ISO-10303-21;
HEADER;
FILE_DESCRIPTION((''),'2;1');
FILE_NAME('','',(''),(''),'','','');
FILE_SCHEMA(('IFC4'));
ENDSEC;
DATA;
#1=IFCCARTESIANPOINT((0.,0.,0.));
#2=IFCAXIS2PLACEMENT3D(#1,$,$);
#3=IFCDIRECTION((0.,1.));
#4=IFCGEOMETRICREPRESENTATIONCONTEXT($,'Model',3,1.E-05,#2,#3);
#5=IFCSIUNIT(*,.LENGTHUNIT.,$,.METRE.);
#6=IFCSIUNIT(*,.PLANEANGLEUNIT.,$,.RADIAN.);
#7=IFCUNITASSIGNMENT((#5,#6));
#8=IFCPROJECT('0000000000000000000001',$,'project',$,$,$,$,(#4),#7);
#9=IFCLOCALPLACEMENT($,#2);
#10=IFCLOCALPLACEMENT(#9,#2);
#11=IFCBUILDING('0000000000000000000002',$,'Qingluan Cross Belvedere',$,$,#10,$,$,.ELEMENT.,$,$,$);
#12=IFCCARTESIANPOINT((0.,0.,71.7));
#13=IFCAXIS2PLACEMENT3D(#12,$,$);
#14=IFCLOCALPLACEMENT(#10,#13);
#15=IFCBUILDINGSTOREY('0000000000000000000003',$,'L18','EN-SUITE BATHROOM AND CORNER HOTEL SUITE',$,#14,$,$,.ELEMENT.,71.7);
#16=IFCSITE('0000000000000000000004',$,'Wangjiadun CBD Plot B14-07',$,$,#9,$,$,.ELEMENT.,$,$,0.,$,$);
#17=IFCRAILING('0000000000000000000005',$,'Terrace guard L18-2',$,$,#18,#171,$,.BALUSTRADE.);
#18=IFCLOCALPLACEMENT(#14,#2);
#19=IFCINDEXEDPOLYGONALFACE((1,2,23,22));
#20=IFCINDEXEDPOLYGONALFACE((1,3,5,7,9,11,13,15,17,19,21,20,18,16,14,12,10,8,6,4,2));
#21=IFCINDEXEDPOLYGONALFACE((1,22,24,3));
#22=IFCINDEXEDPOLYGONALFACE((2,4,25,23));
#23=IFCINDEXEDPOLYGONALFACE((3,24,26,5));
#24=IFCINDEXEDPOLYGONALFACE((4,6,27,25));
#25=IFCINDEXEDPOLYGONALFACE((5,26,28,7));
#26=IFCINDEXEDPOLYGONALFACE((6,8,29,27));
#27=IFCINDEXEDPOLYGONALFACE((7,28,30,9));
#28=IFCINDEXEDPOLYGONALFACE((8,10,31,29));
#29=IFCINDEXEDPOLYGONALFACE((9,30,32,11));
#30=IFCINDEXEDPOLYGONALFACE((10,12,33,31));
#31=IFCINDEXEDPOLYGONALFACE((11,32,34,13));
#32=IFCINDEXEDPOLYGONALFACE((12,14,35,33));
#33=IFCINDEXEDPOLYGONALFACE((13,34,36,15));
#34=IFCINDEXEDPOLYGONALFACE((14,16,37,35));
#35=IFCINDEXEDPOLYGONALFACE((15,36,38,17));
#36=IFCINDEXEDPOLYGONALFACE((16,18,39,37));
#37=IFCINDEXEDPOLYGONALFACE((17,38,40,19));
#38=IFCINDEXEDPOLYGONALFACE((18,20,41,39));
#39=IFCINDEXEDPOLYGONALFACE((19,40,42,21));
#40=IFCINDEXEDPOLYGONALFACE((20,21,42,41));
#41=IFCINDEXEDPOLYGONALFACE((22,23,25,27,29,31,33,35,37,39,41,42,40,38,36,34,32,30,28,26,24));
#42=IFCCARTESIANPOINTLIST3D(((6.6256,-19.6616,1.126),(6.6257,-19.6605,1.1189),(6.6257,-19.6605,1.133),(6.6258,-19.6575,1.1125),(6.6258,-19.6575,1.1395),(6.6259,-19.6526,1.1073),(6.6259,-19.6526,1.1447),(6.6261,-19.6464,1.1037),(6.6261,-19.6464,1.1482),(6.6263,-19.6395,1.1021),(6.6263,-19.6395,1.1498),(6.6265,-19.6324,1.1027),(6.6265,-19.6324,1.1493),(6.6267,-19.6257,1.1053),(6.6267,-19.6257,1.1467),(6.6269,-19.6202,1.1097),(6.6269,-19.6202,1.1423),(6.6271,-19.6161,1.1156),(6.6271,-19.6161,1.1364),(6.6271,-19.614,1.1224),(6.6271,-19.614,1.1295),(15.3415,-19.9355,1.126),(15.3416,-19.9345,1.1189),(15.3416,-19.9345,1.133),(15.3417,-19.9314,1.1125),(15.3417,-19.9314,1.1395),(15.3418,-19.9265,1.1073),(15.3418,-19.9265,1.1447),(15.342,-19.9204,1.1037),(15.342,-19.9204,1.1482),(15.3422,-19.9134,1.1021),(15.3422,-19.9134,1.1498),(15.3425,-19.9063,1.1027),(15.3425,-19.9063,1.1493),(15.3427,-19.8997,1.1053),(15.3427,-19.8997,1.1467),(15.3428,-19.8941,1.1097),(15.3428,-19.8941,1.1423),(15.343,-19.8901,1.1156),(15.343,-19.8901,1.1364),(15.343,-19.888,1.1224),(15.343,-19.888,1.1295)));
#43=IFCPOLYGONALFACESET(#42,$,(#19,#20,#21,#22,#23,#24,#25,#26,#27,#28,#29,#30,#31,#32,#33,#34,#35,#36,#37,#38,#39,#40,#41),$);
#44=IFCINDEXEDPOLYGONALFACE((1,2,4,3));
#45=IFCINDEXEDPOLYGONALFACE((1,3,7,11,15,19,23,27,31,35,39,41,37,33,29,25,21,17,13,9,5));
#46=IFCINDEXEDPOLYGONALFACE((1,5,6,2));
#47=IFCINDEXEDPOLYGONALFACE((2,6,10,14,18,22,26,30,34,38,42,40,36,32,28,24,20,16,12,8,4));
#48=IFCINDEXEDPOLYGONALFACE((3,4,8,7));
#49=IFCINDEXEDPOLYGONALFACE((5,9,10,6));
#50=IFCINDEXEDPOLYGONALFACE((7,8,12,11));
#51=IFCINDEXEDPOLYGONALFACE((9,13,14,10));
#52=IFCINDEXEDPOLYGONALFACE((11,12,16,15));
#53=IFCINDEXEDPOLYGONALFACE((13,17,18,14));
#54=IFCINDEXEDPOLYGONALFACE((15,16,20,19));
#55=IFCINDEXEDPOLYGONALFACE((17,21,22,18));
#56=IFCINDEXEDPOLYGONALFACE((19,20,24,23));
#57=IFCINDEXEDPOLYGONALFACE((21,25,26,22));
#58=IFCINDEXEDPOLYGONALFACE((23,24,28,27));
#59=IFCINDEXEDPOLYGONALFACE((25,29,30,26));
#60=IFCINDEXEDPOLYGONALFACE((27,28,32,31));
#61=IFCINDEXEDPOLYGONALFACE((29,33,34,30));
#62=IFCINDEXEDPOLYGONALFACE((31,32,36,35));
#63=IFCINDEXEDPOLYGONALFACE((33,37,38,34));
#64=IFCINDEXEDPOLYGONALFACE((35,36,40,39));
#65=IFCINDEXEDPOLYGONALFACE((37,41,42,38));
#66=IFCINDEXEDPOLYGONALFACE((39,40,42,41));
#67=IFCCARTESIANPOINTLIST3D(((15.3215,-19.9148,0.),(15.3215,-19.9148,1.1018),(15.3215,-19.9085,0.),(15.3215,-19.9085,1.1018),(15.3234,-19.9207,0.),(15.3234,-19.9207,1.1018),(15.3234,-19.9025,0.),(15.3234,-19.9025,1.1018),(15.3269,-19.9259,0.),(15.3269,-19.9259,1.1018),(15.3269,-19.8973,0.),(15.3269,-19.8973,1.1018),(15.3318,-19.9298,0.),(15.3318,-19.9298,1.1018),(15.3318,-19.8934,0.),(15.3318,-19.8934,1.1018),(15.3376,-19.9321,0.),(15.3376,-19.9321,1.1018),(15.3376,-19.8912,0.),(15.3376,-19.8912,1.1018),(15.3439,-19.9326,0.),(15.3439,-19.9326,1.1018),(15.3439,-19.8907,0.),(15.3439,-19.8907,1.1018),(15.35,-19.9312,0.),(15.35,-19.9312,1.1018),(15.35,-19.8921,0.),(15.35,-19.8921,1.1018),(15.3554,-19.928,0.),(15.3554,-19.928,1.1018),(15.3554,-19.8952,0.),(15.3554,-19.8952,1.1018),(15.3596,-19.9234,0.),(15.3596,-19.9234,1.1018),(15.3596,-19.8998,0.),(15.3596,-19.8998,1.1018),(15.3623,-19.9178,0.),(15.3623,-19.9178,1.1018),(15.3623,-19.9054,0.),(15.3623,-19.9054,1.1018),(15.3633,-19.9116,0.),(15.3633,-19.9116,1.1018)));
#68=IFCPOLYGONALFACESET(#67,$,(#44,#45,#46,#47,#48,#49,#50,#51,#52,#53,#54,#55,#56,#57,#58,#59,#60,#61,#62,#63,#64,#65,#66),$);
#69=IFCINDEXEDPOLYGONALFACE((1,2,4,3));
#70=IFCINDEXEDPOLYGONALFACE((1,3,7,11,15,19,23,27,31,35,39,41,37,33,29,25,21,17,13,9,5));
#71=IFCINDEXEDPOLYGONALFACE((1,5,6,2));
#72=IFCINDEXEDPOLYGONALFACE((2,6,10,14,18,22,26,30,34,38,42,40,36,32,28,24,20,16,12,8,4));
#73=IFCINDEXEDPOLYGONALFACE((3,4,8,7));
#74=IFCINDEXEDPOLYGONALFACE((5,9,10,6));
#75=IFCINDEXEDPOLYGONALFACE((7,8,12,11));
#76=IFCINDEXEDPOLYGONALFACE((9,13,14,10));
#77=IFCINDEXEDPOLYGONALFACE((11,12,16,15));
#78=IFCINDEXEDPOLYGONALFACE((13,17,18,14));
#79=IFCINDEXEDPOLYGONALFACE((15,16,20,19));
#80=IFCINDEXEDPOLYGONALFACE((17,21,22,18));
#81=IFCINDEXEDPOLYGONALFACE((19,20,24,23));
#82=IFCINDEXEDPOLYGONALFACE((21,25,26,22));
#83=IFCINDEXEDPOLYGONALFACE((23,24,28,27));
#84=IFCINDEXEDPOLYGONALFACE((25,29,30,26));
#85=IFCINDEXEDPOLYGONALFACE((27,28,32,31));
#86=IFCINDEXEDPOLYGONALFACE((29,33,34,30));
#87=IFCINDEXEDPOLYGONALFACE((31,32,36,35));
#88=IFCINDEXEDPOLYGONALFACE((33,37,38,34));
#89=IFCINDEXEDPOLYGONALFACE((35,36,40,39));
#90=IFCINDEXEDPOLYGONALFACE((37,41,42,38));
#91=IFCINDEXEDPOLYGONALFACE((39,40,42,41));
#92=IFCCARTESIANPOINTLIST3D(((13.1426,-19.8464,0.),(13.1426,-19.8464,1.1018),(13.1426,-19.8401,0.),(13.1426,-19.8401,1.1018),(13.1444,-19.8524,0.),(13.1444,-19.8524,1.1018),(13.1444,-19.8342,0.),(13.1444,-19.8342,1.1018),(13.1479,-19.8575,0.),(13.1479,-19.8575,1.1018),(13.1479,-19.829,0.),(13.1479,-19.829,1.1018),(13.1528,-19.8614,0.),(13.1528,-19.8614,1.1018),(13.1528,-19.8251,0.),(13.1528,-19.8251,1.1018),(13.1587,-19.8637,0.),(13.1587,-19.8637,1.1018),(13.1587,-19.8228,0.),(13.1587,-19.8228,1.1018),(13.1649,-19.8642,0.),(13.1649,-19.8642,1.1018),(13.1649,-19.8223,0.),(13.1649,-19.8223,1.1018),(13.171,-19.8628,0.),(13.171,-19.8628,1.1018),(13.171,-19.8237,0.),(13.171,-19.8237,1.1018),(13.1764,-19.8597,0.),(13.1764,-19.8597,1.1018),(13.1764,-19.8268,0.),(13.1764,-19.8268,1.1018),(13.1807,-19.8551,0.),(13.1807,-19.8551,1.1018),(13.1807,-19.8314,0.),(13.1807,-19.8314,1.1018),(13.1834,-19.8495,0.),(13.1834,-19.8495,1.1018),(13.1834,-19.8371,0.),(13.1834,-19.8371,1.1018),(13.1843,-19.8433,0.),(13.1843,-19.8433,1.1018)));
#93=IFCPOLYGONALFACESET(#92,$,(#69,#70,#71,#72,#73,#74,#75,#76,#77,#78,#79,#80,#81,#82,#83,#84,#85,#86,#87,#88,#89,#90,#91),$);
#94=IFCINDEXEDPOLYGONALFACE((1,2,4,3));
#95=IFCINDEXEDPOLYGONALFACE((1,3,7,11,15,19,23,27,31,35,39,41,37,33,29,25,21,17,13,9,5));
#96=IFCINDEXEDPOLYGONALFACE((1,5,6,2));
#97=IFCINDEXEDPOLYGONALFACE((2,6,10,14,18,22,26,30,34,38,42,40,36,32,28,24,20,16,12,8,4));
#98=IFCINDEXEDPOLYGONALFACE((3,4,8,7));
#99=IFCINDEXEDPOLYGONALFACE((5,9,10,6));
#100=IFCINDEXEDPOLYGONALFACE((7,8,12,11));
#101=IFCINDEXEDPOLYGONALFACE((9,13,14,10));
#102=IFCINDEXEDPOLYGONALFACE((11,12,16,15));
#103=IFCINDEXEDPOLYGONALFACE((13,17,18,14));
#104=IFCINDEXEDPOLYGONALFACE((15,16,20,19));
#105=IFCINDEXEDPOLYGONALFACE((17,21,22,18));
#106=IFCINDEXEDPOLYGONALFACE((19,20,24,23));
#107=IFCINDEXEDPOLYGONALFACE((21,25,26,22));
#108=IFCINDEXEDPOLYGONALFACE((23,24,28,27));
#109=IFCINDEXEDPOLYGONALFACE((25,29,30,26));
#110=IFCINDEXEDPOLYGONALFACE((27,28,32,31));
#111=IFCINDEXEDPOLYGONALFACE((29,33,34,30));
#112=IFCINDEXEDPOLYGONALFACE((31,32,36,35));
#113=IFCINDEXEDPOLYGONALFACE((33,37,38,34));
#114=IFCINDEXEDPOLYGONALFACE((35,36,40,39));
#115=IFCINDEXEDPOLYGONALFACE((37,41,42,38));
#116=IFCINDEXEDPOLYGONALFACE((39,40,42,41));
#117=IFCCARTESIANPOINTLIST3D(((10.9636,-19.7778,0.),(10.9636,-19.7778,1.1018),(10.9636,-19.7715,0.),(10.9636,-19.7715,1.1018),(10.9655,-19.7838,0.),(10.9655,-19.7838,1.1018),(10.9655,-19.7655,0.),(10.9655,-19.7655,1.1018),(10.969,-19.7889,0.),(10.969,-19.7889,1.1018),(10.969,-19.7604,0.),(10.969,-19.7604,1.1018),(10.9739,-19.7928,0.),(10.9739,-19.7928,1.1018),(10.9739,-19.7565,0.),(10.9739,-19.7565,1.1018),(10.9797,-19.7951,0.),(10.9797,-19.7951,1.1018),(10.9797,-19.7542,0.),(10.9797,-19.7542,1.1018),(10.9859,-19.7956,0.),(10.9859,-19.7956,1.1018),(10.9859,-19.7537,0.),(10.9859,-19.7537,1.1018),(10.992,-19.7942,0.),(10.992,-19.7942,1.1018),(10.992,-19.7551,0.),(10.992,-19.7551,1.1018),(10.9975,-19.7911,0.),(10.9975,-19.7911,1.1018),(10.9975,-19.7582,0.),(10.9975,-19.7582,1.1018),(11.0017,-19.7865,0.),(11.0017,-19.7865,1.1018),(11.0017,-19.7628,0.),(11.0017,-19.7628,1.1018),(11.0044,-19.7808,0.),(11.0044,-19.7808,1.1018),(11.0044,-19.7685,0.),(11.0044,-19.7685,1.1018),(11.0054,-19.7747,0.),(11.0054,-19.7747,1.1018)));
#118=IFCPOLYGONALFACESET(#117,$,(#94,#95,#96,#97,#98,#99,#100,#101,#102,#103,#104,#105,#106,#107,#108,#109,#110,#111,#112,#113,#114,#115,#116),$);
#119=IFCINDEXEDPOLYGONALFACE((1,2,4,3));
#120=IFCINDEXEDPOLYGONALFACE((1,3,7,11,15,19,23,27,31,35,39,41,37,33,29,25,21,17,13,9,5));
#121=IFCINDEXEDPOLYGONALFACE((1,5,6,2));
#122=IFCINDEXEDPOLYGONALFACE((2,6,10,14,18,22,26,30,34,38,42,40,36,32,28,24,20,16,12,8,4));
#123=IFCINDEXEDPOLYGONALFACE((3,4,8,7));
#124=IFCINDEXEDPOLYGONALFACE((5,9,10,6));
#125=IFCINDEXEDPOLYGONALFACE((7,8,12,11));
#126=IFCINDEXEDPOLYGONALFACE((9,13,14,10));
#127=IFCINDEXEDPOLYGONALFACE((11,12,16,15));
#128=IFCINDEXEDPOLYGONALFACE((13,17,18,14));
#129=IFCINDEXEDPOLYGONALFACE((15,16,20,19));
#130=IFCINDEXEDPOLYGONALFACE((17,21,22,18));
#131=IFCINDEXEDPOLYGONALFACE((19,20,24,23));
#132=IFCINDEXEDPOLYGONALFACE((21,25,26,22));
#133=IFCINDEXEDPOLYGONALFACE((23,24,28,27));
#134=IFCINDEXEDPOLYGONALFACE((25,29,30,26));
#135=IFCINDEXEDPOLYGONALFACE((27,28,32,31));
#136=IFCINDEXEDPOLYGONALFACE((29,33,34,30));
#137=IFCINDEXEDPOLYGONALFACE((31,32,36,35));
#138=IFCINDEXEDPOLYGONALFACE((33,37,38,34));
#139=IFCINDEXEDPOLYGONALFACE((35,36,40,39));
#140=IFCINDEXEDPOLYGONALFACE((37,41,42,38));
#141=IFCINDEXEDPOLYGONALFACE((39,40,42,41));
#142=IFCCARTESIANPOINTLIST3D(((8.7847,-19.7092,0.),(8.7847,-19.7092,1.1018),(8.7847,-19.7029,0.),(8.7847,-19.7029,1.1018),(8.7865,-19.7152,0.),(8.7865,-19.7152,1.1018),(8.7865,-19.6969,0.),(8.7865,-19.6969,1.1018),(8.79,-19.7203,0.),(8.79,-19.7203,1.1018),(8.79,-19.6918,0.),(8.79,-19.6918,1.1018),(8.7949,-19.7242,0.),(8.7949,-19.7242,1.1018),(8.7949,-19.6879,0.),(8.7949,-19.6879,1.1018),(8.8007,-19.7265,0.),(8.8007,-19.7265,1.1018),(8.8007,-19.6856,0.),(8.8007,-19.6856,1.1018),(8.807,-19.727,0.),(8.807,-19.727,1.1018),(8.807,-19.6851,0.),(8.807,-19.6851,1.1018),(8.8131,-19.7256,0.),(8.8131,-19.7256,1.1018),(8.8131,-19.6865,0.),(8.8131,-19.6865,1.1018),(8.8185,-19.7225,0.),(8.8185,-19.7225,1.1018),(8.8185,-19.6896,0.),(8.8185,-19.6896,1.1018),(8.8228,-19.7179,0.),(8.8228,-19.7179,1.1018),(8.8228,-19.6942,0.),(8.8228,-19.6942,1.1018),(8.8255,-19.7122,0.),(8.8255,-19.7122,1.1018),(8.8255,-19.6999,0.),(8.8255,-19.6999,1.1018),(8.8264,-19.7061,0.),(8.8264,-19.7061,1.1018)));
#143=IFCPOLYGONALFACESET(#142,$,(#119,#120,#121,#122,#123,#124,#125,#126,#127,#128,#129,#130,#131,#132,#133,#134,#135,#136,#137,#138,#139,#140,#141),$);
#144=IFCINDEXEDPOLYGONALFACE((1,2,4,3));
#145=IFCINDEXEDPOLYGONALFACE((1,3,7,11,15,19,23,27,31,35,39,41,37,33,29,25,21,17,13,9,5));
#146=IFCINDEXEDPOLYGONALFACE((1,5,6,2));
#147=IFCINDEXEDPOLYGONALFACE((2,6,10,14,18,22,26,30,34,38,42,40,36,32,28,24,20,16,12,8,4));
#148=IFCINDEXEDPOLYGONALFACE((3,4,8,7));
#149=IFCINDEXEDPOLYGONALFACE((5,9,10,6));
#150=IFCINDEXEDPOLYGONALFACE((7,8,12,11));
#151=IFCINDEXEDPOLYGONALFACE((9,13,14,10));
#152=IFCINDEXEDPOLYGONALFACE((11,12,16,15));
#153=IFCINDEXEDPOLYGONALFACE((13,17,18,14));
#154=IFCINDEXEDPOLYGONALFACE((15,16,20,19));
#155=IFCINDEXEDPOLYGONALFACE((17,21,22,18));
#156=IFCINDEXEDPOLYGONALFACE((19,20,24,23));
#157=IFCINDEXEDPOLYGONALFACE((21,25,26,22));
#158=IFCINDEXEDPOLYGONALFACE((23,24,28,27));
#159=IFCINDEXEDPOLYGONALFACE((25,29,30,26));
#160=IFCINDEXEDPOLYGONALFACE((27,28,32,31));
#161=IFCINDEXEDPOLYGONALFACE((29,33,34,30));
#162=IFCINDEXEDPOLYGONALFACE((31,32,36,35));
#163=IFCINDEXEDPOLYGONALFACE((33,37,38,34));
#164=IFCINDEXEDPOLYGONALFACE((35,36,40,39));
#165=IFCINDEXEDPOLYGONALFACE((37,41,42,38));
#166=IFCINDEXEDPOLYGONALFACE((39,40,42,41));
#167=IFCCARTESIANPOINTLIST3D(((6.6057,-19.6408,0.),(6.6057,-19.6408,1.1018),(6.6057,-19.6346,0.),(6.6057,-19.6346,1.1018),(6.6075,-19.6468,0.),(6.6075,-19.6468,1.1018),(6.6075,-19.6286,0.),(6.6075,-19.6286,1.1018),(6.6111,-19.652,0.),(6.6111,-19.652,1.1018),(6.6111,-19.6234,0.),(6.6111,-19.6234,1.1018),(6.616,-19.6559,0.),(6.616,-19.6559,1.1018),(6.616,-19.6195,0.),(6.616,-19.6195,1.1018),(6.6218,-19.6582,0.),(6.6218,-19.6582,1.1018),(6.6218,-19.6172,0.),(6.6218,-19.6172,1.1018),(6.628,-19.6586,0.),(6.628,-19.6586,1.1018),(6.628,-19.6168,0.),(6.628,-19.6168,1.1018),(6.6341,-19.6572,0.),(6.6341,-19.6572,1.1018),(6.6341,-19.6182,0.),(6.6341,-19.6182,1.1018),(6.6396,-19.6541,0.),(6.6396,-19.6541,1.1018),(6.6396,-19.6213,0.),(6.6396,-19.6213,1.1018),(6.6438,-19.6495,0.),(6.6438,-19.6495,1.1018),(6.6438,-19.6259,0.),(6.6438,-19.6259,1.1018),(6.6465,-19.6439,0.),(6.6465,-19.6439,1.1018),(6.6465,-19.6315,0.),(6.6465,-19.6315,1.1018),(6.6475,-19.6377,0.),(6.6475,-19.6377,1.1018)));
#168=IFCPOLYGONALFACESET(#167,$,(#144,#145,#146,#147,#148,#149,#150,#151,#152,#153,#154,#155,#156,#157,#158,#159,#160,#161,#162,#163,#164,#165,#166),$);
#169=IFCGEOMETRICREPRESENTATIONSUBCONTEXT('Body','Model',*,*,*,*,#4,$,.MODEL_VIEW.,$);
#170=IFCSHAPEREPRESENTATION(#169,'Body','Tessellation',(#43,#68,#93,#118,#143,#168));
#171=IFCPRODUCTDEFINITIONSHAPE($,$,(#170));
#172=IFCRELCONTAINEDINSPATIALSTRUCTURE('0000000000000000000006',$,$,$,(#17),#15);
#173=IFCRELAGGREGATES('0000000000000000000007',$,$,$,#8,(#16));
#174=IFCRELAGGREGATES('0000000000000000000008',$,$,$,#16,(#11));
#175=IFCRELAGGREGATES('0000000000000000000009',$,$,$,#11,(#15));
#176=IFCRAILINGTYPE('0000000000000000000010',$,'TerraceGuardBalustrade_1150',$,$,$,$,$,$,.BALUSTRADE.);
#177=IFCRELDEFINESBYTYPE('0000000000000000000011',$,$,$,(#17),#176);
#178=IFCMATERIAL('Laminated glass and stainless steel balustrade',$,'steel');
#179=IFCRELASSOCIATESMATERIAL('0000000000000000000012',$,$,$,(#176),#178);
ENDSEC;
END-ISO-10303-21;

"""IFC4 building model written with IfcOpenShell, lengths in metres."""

from ifc_helpers import new_model, si_unit, direction, frame, origin, origin_2d, place, context, subcontext, project, spatial, circle, extrude, material, type_object, element, save


model = new_model("IFC4")

# Units and contexts
model_context = context("Model", 3, precision=1e-05, world=origin(), true_north=direction((0.0, 1.0)))
body_context = subcontext(model_context, "Body", "Model", "MODEL_VIEW")
ifc_project = project(units=[si_unit("LENGTHUNIT", "METRE"), si_unit("PLANEANGLEUNIT", "RADIAN")], contexts=[model_context])

# Site, building, storey
site_placement = place(None, origin())
site = spatial("IfcSite", under=ifc_project, at=site_placement, Name="Wangjiadun CBD Plot B14-07", CompositionType="ELEMENT", RefElevation=0.0)
building_placement = place(site_placement, origin())
building = spatial("IfcBuilding", under=site, at=building_placement, Name="Qingluan Cross Belvedere", CompositionType="ELEMENT")
storey_placement = place(building_placement, frame((0.0, 0.0, 71.7)))
storey = spatial("IfcBuildingStorey", under=building, at=storey_placement, Name="L18", Description="EN-SUITE BATHROOM AND CORNER HOTEL SUITE", CompositionType="ELEMENT", Elevation=71.7)

# Railing
ifc_material_1 = material(Name="Laminated glass and stainless steel balustrade", Category="steel")
railing_type = type_object("IfcRailingType", Name="TerraceGuardBalustrade_1150", PredefinedType="BALUSTRADE", material=ifc_material_1)
railing_1_placement = place(storey_placement, frame((15.3423, -19.9116, 0.0)))
element("IfcRailing", 1, at=railing_1_placement, inside=storey, type_object=railing_type, Name="Terrace guard L18-2", PredefinedType="BALUSTRADE", context=body_context, shape_type="SweptSolid", body=[
    extrude(circle(Radius=0.0239, at=origin_2d()), frame((0.0, 0.0, 1.126), z_axis=(-0.999506, 0.031413, 0.0), x_axis=(-0.031413, -0.999506, 0.0)), (0.0, 0.0, 1.0), 8.7202),
    extrude(circle(Radius=0.021, at=origin_2d()), origin(), (0.0, 0.0, 1.0), 1.1018),
    extrude(circle(Radius=0.021, at=origin_2d()), frame((-2.179, 0.0684, 0.0)), (0.0, 0.0, 1.0), 1.1018),
    extrude(circle(Radius=0.021, at=origin_2d()), frame((-4.3579, 0.137, 0.0)), (0.0, 0.0, 1.0), 1.1018),
    extrude(circle(Radius=0.021, at=origin_2d()), frame((-6.5369, 0.2056, 0.0)), (0.0, 0.0, 1.0), 1.1018),
    extrude(circle(Radius=0.021, at=origin_2d()), frame((-8.7158, 0.2739, 0.0)), (0.0, 0.0, 1.0), 1.1018),
])

save(model, "model.ifc")
